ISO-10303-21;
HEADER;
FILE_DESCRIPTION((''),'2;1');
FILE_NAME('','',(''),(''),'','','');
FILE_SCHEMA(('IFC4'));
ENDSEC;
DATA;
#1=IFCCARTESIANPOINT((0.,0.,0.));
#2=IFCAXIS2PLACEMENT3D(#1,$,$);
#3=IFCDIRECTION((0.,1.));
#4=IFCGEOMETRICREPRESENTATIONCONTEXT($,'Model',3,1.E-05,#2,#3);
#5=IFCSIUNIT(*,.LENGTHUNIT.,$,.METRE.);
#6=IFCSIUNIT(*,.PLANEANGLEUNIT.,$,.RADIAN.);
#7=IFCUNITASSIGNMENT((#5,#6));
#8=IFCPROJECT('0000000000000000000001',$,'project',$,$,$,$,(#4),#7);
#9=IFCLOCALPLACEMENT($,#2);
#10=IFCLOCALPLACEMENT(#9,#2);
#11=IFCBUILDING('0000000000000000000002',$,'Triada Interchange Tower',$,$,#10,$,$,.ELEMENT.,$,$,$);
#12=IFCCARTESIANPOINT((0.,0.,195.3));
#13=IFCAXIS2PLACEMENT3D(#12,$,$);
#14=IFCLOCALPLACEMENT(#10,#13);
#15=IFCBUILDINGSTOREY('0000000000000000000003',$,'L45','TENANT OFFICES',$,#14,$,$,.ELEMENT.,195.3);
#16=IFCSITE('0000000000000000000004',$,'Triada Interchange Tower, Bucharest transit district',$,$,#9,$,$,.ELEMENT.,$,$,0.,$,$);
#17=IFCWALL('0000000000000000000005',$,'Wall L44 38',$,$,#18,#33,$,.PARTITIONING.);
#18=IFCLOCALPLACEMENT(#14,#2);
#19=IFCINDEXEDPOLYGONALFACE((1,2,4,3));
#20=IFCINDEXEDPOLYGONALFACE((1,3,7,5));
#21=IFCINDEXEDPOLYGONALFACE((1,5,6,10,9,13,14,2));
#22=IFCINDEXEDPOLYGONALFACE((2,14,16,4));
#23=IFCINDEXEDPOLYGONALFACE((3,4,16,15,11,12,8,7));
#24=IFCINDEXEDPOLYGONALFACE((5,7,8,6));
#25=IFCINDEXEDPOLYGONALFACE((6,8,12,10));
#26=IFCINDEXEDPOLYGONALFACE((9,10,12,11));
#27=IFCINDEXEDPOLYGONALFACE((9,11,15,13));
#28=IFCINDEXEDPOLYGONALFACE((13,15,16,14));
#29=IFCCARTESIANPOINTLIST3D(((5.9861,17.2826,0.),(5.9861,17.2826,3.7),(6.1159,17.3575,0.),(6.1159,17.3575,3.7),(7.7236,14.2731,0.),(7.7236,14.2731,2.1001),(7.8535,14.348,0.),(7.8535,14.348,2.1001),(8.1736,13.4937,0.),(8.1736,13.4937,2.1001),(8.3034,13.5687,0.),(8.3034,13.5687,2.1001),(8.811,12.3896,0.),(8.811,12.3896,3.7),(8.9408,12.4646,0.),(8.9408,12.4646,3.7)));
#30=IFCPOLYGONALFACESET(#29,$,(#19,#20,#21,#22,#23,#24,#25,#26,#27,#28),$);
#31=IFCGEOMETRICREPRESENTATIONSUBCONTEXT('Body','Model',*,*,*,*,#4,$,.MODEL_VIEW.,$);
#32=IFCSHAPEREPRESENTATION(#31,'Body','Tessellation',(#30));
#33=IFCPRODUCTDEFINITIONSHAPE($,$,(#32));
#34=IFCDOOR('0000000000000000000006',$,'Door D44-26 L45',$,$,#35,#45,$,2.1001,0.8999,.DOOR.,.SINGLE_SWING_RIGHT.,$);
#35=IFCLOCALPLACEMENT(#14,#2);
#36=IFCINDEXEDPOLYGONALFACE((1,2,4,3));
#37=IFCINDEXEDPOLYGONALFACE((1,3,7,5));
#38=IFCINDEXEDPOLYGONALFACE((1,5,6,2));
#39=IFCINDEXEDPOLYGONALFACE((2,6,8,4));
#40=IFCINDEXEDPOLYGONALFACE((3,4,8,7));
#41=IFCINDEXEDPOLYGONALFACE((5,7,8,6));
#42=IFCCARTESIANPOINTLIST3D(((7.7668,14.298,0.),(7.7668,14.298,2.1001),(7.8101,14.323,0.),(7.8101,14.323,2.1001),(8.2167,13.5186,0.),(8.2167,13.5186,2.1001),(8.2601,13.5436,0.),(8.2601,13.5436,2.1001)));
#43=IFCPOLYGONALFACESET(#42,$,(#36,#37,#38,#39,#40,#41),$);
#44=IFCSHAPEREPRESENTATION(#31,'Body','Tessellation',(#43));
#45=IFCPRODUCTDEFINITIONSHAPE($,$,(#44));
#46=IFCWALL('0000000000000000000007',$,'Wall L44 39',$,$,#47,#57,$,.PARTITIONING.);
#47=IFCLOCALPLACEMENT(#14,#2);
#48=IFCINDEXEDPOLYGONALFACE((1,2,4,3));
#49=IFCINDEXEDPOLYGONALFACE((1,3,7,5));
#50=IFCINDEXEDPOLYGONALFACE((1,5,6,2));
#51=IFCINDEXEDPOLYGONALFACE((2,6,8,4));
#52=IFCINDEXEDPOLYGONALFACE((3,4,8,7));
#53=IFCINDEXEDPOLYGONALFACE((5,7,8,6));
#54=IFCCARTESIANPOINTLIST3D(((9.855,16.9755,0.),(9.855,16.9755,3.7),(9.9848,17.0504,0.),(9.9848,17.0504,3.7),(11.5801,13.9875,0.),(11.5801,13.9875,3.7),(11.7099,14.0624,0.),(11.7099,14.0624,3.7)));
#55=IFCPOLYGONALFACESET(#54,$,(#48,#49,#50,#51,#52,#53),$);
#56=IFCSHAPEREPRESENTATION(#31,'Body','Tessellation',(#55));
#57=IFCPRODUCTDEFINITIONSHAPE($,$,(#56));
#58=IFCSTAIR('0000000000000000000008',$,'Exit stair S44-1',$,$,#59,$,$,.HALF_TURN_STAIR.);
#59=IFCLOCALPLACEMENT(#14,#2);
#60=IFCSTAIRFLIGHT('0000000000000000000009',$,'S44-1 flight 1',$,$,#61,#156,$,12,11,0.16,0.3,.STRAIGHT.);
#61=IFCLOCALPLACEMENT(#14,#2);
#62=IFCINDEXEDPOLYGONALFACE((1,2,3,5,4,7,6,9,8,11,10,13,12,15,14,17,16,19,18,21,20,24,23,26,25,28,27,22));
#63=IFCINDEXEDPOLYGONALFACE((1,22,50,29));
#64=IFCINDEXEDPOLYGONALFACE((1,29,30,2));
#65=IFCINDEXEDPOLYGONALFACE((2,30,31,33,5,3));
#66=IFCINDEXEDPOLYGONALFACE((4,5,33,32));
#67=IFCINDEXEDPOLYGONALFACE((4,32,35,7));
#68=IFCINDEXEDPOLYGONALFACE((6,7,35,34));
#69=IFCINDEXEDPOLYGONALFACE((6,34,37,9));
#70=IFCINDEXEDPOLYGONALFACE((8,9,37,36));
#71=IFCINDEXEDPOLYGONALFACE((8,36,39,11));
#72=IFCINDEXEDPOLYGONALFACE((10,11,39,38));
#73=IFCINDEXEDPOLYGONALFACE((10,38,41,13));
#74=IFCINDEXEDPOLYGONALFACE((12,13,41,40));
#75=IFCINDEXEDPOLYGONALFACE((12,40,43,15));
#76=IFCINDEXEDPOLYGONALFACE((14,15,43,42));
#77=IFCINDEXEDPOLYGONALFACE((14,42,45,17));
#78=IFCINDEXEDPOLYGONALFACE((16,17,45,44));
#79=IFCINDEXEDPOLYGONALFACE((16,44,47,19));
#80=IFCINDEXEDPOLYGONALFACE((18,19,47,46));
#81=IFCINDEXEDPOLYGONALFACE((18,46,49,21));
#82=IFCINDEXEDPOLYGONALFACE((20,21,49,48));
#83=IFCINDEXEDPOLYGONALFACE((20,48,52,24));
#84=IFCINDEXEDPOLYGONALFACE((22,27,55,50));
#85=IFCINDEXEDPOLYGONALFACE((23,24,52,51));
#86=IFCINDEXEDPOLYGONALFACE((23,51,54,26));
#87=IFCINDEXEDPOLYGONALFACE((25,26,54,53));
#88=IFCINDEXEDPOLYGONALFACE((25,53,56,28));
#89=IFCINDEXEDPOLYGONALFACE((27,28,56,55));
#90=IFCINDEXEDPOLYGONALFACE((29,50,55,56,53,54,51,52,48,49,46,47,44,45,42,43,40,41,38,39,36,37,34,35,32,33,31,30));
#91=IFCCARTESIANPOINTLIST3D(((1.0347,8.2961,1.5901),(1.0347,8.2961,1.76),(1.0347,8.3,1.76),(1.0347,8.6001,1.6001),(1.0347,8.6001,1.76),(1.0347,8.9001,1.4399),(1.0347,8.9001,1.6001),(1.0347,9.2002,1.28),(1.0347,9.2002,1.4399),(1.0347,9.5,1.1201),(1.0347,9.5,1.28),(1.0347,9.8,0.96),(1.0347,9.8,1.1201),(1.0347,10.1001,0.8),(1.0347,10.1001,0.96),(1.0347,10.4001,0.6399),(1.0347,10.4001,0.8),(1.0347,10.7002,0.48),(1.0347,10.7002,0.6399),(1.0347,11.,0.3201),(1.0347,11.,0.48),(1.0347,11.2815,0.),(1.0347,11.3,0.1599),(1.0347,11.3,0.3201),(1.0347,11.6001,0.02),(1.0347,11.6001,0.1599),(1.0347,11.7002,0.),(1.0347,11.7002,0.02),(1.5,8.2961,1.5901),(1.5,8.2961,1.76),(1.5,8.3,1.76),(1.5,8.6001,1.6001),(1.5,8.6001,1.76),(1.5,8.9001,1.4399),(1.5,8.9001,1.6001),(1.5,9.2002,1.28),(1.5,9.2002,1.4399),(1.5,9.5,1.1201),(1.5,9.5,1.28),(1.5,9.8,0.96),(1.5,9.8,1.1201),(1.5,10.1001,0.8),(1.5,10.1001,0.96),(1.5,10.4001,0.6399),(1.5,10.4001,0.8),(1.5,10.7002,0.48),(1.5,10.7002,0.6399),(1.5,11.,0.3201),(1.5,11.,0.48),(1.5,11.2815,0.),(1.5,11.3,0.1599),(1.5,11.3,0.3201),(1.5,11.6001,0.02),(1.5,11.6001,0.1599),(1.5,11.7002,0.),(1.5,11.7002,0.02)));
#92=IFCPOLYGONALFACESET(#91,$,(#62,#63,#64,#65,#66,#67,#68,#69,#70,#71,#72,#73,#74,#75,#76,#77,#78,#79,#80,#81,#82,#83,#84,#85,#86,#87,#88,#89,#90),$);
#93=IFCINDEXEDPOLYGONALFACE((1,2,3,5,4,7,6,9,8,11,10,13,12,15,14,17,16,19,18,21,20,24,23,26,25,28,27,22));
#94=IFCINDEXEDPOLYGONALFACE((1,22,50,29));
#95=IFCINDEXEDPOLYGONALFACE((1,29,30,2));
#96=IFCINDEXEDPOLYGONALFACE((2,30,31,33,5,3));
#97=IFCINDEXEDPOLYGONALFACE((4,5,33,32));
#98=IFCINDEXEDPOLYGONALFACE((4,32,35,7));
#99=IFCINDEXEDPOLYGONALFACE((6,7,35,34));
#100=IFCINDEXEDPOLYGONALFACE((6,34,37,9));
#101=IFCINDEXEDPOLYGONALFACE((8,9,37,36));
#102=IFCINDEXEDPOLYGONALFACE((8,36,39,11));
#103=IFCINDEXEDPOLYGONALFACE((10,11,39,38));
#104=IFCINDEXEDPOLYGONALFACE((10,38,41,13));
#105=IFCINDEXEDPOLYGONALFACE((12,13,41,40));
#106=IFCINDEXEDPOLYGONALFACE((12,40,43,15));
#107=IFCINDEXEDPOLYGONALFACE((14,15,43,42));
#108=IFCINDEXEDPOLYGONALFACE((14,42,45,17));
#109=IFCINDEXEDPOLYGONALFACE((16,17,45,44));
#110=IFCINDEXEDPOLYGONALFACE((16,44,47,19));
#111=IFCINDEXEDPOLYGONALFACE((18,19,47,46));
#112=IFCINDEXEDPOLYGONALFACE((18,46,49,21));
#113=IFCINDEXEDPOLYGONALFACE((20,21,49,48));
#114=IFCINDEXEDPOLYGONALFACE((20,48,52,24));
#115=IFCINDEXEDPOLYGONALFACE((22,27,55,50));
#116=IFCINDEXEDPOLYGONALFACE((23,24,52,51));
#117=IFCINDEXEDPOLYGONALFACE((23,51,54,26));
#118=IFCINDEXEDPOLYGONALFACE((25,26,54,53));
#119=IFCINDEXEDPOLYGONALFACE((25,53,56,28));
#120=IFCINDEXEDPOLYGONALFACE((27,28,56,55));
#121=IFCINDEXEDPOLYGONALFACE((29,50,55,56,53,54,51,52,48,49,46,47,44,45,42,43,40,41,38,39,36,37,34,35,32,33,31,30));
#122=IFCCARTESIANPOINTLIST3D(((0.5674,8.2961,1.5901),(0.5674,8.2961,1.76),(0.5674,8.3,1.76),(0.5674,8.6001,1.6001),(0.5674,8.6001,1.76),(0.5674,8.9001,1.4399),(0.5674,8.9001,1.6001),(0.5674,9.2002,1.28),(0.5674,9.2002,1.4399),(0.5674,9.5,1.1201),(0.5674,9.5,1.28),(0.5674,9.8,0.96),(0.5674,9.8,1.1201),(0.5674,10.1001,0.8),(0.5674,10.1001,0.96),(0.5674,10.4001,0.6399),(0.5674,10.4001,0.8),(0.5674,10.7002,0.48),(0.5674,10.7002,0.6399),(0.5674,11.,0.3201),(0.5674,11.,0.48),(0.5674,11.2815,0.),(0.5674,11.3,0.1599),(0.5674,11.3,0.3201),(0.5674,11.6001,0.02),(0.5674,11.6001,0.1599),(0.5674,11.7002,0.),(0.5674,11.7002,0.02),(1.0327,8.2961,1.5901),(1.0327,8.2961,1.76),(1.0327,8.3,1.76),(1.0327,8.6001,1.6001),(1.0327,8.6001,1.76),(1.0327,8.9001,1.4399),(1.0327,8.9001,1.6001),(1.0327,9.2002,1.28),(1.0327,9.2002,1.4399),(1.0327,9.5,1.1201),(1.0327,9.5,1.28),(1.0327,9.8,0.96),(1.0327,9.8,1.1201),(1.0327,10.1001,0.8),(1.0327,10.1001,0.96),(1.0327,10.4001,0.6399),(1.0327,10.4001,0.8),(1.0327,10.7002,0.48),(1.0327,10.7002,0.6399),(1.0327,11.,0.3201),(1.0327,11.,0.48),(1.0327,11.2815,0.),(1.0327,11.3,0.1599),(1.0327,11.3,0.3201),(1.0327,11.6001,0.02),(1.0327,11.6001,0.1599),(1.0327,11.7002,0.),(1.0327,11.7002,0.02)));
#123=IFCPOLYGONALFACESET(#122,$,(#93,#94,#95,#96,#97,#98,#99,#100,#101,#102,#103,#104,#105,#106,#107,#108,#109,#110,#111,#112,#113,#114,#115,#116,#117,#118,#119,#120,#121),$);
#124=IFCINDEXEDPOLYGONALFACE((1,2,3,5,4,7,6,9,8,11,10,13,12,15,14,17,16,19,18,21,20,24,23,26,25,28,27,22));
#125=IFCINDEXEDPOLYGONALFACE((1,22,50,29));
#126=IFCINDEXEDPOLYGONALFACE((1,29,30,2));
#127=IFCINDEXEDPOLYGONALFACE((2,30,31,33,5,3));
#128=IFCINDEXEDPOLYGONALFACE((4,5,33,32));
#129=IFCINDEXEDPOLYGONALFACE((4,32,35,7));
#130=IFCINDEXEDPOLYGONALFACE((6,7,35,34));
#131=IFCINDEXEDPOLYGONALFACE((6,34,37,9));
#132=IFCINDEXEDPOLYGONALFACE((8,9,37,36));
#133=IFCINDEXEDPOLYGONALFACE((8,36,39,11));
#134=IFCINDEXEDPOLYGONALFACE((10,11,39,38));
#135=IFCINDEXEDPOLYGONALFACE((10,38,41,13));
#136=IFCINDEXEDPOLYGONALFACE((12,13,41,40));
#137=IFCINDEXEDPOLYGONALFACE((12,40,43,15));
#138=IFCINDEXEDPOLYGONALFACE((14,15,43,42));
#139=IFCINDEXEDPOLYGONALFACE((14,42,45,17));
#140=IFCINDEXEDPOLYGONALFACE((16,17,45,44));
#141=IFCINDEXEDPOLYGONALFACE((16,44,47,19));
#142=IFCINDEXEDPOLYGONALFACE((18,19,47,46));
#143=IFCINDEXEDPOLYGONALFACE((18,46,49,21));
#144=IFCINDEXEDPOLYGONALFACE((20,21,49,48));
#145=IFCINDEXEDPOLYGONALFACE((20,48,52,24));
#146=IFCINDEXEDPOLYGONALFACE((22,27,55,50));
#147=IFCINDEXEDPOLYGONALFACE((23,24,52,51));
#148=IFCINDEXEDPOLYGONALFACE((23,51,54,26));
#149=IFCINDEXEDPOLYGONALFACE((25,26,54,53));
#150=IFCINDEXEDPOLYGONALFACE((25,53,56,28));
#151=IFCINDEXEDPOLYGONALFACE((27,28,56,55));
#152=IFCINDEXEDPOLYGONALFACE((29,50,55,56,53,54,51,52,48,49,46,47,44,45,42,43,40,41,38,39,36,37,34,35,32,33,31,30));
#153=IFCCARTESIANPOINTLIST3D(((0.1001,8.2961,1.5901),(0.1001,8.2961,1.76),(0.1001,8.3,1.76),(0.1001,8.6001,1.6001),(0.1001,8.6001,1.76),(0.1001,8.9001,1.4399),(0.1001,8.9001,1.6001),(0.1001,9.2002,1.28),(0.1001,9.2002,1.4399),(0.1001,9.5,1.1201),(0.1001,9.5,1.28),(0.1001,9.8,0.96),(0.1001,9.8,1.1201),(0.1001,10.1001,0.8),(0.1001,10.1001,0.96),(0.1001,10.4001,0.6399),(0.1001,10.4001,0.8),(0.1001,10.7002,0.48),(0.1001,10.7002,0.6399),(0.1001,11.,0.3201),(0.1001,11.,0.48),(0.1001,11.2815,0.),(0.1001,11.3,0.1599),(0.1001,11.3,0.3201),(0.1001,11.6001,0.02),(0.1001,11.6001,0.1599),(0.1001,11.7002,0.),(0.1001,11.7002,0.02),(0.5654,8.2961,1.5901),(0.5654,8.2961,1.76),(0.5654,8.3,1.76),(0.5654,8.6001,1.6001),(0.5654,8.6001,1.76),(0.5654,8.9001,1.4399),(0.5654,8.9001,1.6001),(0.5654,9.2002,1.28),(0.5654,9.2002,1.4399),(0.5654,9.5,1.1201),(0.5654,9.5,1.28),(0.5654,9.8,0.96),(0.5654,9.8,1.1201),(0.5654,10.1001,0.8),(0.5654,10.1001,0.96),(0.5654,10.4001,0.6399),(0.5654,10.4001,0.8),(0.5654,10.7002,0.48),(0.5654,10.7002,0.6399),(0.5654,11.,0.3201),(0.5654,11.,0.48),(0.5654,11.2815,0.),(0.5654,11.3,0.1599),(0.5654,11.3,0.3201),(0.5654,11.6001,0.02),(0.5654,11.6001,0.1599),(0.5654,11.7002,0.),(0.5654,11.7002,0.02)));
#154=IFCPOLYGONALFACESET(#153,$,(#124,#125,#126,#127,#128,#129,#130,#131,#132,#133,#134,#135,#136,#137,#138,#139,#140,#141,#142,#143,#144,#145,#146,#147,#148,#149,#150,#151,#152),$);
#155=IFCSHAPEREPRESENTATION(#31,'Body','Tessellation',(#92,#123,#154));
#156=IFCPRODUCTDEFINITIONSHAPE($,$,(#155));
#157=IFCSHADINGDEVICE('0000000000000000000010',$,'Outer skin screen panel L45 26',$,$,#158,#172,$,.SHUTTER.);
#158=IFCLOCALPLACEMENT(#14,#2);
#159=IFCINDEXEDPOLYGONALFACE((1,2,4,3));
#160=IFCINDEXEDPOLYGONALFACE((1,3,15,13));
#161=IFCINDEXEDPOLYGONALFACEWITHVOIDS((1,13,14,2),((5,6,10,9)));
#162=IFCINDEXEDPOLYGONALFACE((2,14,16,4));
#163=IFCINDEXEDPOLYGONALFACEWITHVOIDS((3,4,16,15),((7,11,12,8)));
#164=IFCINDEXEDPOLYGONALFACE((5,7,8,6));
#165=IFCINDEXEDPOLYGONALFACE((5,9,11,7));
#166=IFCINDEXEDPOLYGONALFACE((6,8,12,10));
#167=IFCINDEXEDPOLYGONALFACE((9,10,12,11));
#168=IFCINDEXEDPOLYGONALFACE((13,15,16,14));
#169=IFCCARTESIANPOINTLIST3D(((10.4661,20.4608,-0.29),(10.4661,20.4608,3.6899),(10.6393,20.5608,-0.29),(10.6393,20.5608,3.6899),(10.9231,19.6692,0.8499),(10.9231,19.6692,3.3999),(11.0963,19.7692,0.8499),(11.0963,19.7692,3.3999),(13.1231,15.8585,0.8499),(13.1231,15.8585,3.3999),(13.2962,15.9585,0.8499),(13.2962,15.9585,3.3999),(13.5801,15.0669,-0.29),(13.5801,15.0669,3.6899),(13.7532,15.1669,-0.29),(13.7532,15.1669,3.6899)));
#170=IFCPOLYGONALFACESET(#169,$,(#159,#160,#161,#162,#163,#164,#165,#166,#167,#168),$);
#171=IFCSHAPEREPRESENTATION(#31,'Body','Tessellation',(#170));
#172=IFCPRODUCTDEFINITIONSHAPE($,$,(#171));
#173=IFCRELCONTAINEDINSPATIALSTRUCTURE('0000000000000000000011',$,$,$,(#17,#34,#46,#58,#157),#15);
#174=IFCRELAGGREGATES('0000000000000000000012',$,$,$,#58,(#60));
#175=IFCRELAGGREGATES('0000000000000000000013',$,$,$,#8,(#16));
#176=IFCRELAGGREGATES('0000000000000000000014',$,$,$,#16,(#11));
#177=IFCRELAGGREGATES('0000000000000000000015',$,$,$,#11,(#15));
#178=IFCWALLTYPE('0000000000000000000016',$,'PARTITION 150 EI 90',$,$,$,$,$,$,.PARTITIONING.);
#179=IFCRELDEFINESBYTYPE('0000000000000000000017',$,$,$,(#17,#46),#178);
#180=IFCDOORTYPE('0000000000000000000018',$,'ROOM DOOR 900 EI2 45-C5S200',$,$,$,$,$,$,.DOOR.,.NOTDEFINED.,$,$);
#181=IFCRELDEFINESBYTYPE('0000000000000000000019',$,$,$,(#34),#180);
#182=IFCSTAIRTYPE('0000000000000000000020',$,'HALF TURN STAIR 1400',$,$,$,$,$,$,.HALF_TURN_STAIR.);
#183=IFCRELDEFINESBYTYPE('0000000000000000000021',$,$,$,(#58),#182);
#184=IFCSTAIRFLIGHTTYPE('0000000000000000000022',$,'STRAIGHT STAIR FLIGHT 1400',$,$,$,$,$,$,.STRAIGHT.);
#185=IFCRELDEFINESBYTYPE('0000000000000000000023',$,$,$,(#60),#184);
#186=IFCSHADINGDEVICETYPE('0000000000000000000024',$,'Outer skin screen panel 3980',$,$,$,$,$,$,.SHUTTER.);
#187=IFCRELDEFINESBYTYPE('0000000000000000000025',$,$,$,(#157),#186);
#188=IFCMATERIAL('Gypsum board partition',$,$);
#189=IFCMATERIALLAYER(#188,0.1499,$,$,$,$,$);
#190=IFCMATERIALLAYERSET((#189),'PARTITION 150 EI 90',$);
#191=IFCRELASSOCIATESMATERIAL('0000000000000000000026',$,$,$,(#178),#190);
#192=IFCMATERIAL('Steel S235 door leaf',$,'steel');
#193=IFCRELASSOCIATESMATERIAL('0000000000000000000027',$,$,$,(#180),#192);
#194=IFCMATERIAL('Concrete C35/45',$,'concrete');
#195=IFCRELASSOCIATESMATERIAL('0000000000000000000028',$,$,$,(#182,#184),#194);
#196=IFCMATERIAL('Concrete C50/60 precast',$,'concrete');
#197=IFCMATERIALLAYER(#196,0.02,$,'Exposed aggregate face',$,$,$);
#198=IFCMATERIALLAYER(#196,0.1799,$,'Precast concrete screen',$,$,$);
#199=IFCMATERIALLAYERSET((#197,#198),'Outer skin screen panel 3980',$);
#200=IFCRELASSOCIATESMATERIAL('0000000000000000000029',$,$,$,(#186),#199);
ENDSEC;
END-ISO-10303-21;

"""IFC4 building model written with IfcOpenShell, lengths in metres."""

from ifc_helpers import new_model, si_unit, direction, frame, frame_2d, origin, place, context, subcontext, project, spatial, polyline, rectangle, outline, extrude, material, layer, layer_set, type_object, element, fill, aggregate, save


model = new_model("IFC4")

# Units and contexts
model_context = context("Model", 3, precision=1e-05, world=origin(), true_north=direction((0.0, 1.0)))
body_context = subcontext(model_context, "Body", "Model", "MODEL_VIEW")
ifc_project = project(units=[si_unit("LENGTHUNIT", "METRE"), si_unit("PLANEANGLEUNIT", "RADIAN")], contexts=[model_context])

# Site, building, storey
site_placement = place(None, origin())
site = spatial("IfcSite", under=ifc_project, at=site_placement, Name="Triada Interchange Tower, Bucharest transit district", CompositionType="ELEMENT", RefElevation=0.0)
building_placement = place(site_placement, origin())
building = spatial("IfcBuilding", under=site, at=building_placement, Name="Triada Interchange Tower", CompositionType="ELEMENT")
storey_placement = place(building_placement, frame((0.0, 0.0, 195.3)))
storey = spatial("IfcBuildingStorey", under=building, at=storey_placement, Name="L45", Description="TENANT OFFICES", CompositionType="ELEMENT", Elevation=195.3)

# Shared definitions
ifc_material_1 = material(Name="Steel S235 door leaf", Category="steel")

# Shared definitions
ifc_material_2 = material(Name="Gypsum board partition")
ifc_layer_1 = layer(ifc_material_2, 0.1499)
ifc_layer_set_1 = layer_set([ifc_layer_1], Name="PARTITION 150 EI 90")
wall_type_1 = type_object("IfcWallType", Name="PARTITION 150 EI 90", PredefinedType="PARTITIONING", material=ifc_layer_set_1)

# Wall, opening, door
wall_1_placement = place(storey_placement, frame((6.051, 17.3201, 0.0), z_axis=(0.0, 0.0, 1.0), x_axis=(0.499992, -0.86603, 0.0)))
wall_1 = element("IfcWall", 1, at=wall_1_placement, inside=storey, type_object=wall_type_1, Name="Wall L44 38", PredefinedType="PARTITIONING", context=body_context, shape_type="SweptSolid", body=[
    extrude(rectangle(XDim=5.6499, YDim=0.1499, at=frame_2d((2.825, 0.0))), origin(), (0.0, 0.0, 1.0), 3.7),
])
opening_1_placement = place(wall_1_placement, frame((3.4751, 0.0, 0.0)))
opening_1 = element("IfcOpeningElement", 2, at=opening_1_placement, cuts=wall_1, PredefinedType="OPENING", context=body_context, shape_type="SweptSolid", body=[
    extrude(rectangle(XDim=0.8999, YDim=2.1001, at=frame_2d((0.45, 1.05))), frame((0.0, 0.085, 0.0), z_axis=(0.0, -1.0, 0.0), x_axis=(1.0, 0.0, 0.0)), (0.0, 0.0, 1.0), 0.1699),
])
door_type_1 = type_object("IfcDoorType", Name="ROOM DOOR 900 EI2 45-C5S200", OperationType="NOTDEFINED", PredefinedType="DOOR", material=ifc_material_1)
door_1_placement = place(opening_1_placement, origin())
door_1 = element("IfcDoor", 3, at=door_1_placement, inside=storey, type_object=door_type_1, Name="Door D44-26 L45", OperationType="SINGLE_SWING_RIGHT", OverallHeight=2.1001, OverallWidth=0.8999, PredefinedType="DOOR", context=body_context, shape_type="SweptSolid", body=[
    extrude(rectangle(XDim=0.8999, YDim=2.1001, at=frame_2d((0.45, 1.05))), frame((0.0, 0.0249, 0.0), z_axis=(0.0, -1.0, 0.0), x_axis=(1.0, 0.0, 0.0)), (0.0, 0.0, 1.0), 0.05),
])
fill(opening_1, door_1)

# Wall
wall_2_placement = place(storey_placement, frame((9.9199, 17.0129, 0.0), z_axis=(0.0, 0.0, 1.0), x_axis=(0.49999, -0.866031, 0.0)))
element("IfcWall", 4, at=wall_2_placement, inside=storey, type_object=wall_type_1, Name="Wall L44 39", PredefinedType="PARTITIONING", context=body_context, shape_type="SweptSolid", body=[
    extrude(rectangle(XDim=3.4502, YDim=0.1499, at=frame_2d((1.7251, 0.0))), origin(), (0.0, 0.0, 1.0), 3.7),
])

# Stair, stair flight
ifc_material_3 = material(Name="Concrete C35/45", Category="concrete")
stair_type = type_object("IfcStairType", Name="HALF TURN STAIR 1400", PredefinedType="HALF_TURN_STAIR", material=ifc_material_3)
stair_placement = place(storey_placement, origin())
stair = element("IfcStair", 5, at=stair_placement, inside=storey, type_object=stair_type, Name="Exit stair S44-1", PredefinedType="HALF_TURN_STAIR")
stair_flight_type = type_object("IfcStairFlightType", Name="STRAIGHT STAIR FLIGHT 1400", PredefinedType="STRAIGHT", material=ifc_material_3)
stair_flight_placement = place(storey_placement, frame((0.8, 11.6001, 0.0), z_axis=(0.0, 0.0, 1.0), x_axis=(0.0, -1.0, 0.0)))
stair_flight = element("IfcStairFlight", 6, at=stair_flight_placement, type_object=stair_flight_type, Name="S44-1 flight 1", NumberOfRisers=12, NumberOfTreads=11, PredefinedType="STRAIGHT", RiserHeight=0.16, TreadLength=0.3, context=body_context, shape_type="SweptSolid", body=[
    extrude(outline(polyline([(-0.1001, 0.0), (-0.1001, 0.02), (0.0, 0.02), (0.0, 0.1599), (0.3, 0.1599), (0.3, 0.3201), (0.6001, 0.3201), (0.6001, 0.48), (0.8999, 0.48), (0.8999, 0.6399), (1.2, 0.6399), (1.2, 0.8), (1.5, 0.8), (1.5, 0.96), (1.8, 0.96), (1.8, 1.1201), (2.1001, 1.1201), (2.1001, 1.28), (2.3999, 1.28), (2.3999, 1.4399), (2.7, 1.4399), (2.7, 1.6001), (3.0, 1.6001), (3.0, 1.76), (3.3, 1.76), (3.304, 1.76), (3.304, 1.9199), (3.304, 1.5901), (0.3186, 0.0), (-0.1001, 0.0)])), frame((0.0, 0.7, 0.0), z_axis=(0.0, -1.0, 0.0), x_axis=(1.0, 0.0, 0.0)), (0.0, 0.0, 1.0), 0.4653),
    extrude(outline(polyline([(-0.1001, 0.0), (-0.1001, 0.02), (0.0, 0.02), (0.0, 0.1599), (0.3, 0.1599), (0.3, 0.3201), (0.6001, 0.3201), (0.6001, 0.48), (0.8999, 0.48), (0.8999, 0.6399), (1.2, 0.6399), (1.2, 0.8), (1.5, 0.8), (1.5, 0.96), (1.8, 0.96), (1.8, 1.1201), (2.1001, 1.1201), (2.1001, 1.28), (2.3999, 1.28), (2.3999, 1.4399), (2.7, 1.4399), (2.7, 1.6001), (3.0, 1.6001), (3.0, 1.76), (3.3, 1.76), (3.304, 1.76), (3.304, 1.9199), (3.304, 1.5901), (0.3186, 0.0), (-0.1001, 0.0)])), frame((0.0, 0.2327, 0.0), z_axis=(0.0, -1.0, 0.0), x_axis=(1.0, 0.0, 0.0)), (0.0, 0.0, 1.0), 0.4653),
    extrude(outline(polyline([(-0.1001, 0.0), (-0.1001, 0.02), (0.0, 0.02), (0.0, 0.1599), (0.3, 0.1599), (0.3, 0.3201), (0.6001, 0.3201), (0.6001, 0.48), (0.8999, 0.48), (0.8999, 0.6399), (1.2, 0.6399), (1.2, 0.8), (1.5, 0.8), (1.5, 0.96), (1.8, 0.96), (1.8, 1.1201), (2.1001, 1.1201), (2.1001, 1.28), (2.3999, 1.28), (2.3999, 1.4399), (2.7, 1.4399), (2.7, 1.6001), (3.0, 1.6001), (3.0, 1.76), (3.3, 1.76), (3.304, 1.76), (3.304, 1.9199), (3.304, 1.5901), (0.3186, 0.0), (-0.1001, 0.0)])), frame((0.0, -0.2346, 0.0), z_axis=(0.0, -1.0, 0.0), x_axis=(1.0, 0.0, 0.0)), (0.0, 0.0, 1.0), 0.4653),
])

# Shading device
ifc_material_4 = material(Name="Concrete C50/60 precast", Category="concrete")
ifc_layer_2 = layer(ifc_material_4, 0.02, Name="Exposed aggregate face")
ifc_layer_3 = layer(ifc_material_4, 0.1799, Name="Precast concrete screen")
ifc_layer_set_2 = layer_set([ifc_layer_2, ifc_layer_3], Name="Outer skin screen panel 3980")
shading_device_type = type_object("IfcShadingDeviceType", Name="Outer skin screen panel 3980", PredefinedType="SHUTTER", material=ifc_layer_set_2)
shading_device_placement = place(storey_placement, frame((13.5801, 15.0669, -0.29), z_axis=(0.0, 0.0, 1.0), x_axis=(-0.499971, 0.866042, 0.0)))
element("IfcShadingDevice", 7, at=shading_device_placement, inside=storey, type_object=shading_device_type, Name="Outer skin screen panel L45 26", PredefinedType="SHUTTER", context=body_context, shape_type="SweptSolid", body=[
    extrude(outline(polyline([(0.0, 0.0), (6.2283, 0.0), (6.2283, 3.98), (0.0, 3.98), (0.0, 0.0)]), holes=[polyline([(0.9141, 1.1399), (0.9141, 3.6899), (5.3142, 3.6899), (5.3142, 1.1399), (0.9141, 1.1399)])]), frame((0.0, 0.0, 0.0), z_axis=(0.0, -1.0, 0.0), x_axis=(1.0, 0.0, 0.0)), (0.0, 0.0, 1.0), 0.2),
])

aggregate(stair, [stair_flight])

save(model, "model.ifc")
